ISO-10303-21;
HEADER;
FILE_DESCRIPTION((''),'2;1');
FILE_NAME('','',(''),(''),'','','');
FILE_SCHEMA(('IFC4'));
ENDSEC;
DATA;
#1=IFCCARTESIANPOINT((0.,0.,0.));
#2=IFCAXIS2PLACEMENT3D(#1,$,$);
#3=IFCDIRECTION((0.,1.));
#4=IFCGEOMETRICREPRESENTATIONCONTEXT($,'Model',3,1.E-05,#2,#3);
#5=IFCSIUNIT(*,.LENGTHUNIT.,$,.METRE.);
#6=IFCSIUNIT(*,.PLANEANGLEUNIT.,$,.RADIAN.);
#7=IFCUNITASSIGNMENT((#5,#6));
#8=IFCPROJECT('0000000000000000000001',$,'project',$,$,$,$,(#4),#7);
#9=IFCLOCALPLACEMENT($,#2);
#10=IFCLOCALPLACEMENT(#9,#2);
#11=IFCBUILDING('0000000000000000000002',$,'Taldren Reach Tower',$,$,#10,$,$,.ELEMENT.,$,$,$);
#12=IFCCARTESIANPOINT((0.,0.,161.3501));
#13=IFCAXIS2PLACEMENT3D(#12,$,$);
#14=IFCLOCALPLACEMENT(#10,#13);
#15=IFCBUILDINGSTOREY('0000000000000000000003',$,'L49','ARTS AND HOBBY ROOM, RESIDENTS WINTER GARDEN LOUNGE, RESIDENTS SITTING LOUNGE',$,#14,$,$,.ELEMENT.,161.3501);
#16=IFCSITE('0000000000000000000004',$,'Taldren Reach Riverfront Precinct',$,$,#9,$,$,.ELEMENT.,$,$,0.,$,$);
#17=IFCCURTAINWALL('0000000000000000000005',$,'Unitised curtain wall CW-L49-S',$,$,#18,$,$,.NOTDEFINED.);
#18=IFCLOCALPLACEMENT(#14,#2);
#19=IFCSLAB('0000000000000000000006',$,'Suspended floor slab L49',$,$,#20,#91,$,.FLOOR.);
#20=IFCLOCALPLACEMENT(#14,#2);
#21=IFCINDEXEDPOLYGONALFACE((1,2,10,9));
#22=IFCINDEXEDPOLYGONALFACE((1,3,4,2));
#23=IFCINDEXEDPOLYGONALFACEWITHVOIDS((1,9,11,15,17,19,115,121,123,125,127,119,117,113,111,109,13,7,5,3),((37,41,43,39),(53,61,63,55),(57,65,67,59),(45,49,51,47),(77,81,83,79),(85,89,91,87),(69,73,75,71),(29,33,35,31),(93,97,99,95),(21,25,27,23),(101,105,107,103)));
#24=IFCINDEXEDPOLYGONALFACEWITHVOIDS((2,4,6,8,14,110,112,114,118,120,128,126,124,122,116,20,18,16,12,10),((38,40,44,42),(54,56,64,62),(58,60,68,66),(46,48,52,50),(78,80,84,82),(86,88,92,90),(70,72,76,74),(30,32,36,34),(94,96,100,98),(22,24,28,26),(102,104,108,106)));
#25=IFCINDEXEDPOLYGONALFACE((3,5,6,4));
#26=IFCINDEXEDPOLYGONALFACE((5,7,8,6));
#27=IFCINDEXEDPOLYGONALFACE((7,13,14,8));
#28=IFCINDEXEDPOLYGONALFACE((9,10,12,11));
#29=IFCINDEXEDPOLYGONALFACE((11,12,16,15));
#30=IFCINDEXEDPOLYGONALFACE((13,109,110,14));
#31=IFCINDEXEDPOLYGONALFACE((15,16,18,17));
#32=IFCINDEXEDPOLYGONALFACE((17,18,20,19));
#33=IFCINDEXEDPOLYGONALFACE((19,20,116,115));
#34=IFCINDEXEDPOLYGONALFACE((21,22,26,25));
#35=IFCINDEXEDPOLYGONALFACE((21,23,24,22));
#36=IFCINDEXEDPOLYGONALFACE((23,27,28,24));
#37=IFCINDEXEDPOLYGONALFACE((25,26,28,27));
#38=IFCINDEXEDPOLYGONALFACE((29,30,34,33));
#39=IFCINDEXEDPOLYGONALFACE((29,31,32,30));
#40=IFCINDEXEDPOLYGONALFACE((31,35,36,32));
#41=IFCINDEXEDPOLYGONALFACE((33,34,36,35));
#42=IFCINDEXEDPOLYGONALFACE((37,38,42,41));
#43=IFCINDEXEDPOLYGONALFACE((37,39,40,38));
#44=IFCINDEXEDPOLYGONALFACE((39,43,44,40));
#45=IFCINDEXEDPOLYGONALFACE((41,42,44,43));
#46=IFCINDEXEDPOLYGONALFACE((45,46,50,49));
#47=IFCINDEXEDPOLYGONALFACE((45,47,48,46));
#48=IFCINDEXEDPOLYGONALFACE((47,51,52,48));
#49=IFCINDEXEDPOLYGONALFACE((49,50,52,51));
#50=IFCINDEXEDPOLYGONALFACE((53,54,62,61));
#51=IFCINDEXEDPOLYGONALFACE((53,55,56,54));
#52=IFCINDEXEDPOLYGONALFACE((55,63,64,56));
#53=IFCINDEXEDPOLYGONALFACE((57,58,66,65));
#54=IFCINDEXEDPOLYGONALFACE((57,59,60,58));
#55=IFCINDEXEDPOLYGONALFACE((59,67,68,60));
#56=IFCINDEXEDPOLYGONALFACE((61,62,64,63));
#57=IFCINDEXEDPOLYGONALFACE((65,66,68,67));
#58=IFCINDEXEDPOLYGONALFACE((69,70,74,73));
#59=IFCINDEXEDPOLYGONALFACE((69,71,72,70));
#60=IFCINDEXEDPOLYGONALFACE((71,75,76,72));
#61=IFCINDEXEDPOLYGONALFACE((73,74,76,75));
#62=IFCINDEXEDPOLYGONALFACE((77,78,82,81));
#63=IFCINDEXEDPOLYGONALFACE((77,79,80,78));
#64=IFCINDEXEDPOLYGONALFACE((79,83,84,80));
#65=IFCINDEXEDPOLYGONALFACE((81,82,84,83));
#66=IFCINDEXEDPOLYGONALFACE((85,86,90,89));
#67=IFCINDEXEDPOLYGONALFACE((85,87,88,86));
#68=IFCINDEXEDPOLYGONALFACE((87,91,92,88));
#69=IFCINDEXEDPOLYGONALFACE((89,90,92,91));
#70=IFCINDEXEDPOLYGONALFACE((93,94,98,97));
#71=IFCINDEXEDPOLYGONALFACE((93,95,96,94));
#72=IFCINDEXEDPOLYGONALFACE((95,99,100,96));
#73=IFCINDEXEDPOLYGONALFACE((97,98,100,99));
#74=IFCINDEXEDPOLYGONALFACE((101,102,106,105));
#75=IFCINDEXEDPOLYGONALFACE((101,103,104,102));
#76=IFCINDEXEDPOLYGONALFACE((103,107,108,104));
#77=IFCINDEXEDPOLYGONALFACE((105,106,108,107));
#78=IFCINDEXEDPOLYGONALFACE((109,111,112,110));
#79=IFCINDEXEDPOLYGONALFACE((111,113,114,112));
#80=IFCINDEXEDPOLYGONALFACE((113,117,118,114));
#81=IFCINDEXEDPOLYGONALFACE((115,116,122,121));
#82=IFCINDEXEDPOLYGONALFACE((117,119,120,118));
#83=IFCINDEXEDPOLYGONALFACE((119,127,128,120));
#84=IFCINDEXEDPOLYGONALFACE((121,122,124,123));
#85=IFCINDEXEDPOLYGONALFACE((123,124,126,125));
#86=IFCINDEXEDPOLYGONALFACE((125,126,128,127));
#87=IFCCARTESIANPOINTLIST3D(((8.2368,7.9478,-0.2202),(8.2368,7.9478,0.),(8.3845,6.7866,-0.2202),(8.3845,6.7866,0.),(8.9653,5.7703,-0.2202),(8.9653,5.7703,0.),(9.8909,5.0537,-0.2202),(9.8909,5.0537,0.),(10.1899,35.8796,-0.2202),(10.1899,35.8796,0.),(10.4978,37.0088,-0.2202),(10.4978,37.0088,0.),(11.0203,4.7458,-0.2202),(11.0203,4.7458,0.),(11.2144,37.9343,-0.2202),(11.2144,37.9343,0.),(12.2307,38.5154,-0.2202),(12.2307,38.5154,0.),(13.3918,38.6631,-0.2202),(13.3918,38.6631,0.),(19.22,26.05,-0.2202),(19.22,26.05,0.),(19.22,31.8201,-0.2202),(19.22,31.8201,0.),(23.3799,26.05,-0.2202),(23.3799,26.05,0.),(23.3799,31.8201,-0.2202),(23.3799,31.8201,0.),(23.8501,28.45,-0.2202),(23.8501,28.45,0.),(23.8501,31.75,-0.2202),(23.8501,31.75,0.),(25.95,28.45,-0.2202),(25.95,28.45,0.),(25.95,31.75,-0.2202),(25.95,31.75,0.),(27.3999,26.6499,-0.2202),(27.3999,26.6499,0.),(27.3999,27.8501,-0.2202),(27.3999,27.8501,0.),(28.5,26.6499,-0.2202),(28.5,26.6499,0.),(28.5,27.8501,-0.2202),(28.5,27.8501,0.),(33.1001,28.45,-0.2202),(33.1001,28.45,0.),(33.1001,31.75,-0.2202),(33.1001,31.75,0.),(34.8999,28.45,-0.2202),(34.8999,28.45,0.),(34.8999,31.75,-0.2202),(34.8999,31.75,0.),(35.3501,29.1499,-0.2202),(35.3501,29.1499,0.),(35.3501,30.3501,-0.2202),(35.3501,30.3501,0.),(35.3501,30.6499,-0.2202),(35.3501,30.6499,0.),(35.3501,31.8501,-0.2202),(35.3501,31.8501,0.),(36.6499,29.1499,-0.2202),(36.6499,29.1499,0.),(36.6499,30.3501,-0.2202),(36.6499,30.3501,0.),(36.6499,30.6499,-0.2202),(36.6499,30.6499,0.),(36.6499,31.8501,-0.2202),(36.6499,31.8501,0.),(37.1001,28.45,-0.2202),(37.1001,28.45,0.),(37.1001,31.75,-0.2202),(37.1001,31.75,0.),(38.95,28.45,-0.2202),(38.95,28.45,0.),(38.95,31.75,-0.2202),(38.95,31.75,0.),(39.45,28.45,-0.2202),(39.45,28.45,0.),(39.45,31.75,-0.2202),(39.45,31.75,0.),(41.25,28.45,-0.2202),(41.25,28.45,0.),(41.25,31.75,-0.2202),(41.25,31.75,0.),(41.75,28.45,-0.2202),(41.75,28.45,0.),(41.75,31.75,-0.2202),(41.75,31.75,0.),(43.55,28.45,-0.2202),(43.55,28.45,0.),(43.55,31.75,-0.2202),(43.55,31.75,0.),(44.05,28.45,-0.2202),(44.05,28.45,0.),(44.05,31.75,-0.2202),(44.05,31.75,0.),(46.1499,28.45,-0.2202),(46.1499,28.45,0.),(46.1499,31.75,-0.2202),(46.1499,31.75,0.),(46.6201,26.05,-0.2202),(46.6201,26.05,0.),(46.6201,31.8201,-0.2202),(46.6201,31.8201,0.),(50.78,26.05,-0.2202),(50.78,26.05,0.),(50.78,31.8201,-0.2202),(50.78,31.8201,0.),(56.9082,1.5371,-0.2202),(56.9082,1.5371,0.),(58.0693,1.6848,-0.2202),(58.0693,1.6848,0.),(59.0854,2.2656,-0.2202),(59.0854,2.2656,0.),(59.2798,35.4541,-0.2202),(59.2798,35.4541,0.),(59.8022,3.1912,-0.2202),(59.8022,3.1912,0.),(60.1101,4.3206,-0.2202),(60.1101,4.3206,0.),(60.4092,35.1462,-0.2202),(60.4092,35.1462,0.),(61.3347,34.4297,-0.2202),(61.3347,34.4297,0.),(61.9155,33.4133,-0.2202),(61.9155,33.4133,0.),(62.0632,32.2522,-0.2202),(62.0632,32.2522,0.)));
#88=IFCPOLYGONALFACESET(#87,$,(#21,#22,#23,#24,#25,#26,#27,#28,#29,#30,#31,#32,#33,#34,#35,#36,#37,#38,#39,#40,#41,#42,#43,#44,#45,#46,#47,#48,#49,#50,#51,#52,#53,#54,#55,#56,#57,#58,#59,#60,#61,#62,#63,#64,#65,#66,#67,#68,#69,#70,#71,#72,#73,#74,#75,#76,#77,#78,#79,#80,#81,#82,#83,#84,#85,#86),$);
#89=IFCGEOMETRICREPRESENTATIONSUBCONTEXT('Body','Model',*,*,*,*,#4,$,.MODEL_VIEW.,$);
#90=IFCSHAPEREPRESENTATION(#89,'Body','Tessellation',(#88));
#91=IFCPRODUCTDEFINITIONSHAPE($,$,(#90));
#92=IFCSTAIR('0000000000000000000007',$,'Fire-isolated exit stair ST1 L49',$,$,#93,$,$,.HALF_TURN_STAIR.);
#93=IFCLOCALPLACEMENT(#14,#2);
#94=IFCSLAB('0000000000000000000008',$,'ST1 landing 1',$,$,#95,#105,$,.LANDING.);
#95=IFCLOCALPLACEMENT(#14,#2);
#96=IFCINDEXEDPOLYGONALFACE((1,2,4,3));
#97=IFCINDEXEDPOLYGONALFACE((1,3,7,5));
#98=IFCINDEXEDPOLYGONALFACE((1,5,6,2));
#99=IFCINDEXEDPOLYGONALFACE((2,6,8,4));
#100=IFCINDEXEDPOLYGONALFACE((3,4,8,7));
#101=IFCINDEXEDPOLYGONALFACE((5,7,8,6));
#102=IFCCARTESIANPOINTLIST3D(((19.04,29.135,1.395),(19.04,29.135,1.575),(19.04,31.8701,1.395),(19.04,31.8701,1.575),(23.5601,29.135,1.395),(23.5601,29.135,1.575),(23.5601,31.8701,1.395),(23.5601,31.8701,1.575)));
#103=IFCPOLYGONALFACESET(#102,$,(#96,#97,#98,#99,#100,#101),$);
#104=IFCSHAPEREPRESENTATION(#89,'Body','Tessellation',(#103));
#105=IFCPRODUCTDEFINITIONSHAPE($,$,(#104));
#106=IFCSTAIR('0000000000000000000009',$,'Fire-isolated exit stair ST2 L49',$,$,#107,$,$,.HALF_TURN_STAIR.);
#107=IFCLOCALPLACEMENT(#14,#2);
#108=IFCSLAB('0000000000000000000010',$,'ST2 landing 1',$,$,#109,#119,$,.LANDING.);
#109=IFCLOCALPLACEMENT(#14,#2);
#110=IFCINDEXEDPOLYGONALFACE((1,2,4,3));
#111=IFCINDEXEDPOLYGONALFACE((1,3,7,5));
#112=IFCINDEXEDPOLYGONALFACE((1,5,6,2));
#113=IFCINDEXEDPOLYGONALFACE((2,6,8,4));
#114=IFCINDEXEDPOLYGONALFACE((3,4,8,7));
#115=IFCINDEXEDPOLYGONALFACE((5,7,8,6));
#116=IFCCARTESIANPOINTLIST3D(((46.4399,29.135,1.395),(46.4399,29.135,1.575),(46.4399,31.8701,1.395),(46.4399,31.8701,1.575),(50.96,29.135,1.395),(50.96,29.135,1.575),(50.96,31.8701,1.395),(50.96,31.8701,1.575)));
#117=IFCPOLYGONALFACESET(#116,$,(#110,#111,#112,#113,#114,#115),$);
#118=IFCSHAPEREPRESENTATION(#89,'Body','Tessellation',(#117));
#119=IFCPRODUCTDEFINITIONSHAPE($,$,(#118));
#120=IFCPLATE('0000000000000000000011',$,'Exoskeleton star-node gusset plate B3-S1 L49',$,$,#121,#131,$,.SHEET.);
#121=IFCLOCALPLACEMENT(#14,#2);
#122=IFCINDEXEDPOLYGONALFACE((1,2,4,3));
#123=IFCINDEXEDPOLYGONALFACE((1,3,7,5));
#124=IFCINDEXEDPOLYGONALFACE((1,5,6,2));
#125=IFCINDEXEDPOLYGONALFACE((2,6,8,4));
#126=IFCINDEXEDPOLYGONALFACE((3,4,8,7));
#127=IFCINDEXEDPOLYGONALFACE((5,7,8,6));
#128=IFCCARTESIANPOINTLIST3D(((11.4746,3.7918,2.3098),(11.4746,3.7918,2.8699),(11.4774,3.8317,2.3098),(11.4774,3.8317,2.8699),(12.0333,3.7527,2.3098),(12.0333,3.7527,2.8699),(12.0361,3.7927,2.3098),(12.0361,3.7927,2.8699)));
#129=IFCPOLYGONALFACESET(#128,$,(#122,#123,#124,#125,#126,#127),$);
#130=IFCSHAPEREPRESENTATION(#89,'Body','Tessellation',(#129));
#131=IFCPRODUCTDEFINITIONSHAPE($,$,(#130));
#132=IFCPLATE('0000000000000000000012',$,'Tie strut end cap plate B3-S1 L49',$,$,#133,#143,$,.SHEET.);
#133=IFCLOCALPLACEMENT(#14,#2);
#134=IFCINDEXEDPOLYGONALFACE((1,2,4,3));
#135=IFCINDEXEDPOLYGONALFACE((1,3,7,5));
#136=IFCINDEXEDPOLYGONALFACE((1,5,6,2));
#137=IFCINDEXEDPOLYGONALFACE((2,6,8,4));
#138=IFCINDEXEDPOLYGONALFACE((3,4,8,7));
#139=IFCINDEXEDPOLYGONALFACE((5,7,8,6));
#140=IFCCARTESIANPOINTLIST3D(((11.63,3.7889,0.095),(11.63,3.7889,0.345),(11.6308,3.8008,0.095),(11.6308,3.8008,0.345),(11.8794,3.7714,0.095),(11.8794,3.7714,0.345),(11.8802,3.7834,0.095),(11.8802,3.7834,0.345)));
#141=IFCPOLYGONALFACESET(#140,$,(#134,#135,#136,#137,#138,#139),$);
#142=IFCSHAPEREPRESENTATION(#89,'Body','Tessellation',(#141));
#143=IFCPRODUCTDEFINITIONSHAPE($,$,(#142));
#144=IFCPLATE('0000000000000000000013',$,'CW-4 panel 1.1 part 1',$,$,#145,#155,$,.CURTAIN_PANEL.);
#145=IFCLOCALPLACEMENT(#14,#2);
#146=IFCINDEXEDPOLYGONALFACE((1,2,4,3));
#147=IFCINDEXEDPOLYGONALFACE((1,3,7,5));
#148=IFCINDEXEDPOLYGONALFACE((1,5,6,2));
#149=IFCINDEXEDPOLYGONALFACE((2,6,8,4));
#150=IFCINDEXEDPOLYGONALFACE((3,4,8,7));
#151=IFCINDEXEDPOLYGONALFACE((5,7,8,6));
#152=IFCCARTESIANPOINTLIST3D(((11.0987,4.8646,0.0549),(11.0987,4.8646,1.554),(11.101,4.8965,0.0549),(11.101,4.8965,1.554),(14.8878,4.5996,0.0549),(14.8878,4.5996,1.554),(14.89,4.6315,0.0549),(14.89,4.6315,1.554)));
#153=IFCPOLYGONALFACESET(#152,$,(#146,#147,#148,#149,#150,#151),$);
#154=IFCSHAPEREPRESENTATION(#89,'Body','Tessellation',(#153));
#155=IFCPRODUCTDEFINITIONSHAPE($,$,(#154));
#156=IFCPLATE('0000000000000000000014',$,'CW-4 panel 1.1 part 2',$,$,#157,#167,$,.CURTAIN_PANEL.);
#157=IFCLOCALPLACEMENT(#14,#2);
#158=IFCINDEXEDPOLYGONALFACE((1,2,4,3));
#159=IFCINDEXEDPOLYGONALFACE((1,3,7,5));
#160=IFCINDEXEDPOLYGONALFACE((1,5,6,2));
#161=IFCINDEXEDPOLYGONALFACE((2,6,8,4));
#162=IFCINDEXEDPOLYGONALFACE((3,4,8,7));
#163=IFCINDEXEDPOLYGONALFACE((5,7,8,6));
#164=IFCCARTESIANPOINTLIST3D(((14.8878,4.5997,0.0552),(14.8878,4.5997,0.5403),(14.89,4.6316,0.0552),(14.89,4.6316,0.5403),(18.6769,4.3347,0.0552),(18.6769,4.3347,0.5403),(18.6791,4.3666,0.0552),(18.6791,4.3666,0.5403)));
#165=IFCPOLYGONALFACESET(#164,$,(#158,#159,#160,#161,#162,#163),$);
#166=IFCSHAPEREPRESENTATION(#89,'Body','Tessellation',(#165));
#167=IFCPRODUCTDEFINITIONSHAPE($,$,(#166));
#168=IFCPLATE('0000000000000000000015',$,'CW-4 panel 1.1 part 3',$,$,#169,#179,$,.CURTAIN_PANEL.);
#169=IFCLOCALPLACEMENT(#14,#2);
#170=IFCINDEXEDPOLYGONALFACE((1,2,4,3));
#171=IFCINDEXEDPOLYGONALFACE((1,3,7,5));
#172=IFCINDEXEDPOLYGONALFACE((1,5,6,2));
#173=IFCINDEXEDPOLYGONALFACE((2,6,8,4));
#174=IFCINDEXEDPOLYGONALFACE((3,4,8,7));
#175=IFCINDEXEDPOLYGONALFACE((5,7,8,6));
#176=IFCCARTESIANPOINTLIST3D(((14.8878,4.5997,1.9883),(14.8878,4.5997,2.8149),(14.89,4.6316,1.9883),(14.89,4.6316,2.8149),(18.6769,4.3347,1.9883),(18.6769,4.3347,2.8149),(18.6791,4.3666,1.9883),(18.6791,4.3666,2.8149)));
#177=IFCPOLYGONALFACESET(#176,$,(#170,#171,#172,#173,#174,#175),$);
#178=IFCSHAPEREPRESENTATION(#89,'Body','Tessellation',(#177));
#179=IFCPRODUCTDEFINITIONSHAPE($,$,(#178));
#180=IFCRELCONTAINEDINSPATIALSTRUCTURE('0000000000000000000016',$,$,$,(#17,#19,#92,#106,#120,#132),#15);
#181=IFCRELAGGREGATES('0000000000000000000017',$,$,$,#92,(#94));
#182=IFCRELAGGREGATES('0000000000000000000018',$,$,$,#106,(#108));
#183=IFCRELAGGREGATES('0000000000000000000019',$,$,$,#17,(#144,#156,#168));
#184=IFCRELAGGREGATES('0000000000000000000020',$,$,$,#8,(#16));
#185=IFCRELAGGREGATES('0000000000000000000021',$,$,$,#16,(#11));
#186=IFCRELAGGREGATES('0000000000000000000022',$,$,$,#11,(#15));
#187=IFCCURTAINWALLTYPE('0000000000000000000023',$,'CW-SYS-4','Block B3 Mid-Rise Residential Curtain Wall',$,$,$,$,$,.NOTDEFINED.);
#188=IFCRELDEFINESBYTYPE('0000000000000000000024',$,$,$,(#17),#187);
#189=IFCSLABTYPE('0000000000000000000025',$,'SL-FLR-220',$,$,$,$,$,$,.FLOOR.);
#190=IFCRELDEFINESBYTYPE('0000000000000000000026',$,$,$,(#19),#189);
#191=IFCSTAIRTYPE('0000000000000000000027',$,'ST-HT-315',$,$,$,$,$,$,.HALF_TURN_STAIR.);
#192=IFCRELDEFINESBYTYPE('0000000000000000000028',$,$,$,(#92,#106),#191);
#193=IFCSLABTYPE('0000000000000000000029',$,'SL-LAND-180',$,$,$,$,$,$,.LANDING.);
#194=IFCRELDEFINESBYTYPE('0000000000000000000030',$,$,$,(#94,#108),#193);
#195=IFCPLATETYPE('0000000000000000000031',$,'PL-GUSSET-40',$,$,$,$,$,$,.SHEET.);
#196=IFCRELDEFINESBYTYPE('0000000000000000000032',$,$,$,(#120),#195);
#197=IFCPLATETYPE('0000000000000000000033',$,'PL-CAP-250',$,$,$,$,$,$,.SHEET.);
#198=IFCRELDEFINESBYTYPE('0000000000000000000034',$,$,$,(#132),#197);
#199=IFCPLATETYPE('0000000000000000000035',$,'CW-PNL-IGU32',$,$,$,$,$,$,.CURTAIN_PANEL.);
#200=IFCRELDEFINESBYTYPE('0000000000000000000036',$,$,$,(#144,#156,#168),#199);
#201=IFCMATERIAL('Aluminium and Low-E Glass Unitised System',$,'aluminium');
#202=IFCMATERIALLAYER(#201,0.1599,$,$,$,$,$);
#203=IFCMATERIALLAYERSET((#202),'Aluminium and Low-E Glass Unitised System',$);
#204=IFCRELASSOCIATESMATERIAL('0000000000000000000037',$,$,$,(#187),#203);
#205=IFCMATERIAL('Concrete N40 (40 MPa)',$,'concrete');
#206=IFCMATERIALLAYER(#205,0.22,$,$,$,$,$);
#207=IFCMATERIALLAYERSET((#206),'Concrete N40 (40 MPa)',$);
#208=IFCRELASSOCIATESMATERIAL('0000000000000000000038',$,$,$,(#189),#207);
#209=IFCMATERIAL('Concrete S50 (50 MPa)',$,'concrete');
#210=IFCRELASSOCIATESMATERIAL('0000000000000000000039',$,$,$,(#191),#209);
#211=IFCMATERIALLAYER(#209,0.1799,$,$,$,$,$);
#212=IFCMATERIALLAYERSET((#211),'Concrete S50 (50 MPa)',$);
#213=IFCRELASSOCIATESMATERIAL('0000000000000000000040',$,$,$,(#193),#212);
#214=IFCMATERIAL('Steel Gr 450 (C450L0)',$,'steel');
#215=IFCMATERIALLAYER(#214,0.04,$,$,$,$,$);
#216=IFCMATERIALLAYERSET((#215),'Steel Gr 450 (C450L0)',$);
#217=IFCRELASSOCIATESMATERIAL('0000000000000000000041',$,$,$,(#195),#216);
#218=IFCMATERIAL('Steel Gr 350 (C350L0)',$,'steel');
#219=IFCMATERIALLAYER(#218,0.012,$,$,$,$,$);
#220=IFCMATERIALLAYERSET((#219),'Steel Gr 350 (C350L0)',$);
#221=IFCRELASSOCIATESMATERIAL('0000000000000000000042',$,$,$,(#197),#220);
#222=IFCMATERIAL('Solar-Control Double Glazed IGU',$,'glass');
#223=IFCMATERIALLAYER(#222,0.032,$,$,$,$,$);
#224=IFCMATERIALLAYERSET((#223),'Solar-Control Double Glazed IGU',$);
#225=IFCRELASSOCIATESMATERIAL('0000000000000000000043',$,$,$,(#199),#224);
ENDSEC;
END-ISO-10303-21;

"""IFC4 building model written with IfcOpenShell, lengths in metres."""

from ifc_helpers import new_model, si_unit, direction, frame, origin, origin_2d, place, context, subcontext, project, spatial, polyline, rectangle, outline, extrude, source, transform, mapped, material, layer, layer_set, type_object, element, aggregate, save


model = new_model("IFC4")

# Units and contexts
model_context = context("Model", 3, precision=1e-05, world=origin(), true_north=direction((0.0, 1.0)))
body_context = subcontext(model_context, "Body", "Model", "MODEL_VIEW")
ifc_project = project(units=[si_unit("LENGTHUNIT", "METRE"), si_unit("PLANEANGLEUNIT", "RADIAN")], contexts=[model_context])

# Site, building, storey
site_placement = place(None, origin())
site = spatial("IfcSite", under=ifc_project, at=site_placement, Name="Taldren Reach Riverfront Precinct", CompositionType="ELEMENT", RefElevation=0.0)
building_placement = place(site_placement, origin())
building = spatial("IfcBuilding", under=site, at=building_placement, Name="Taldren Reach Tower", CompositionType="ELEMENT")
storey_placement = place(building_placement, frame((0.0, 0.0, 161.3501)))
storey = spatial("IfcBuildingStorey", under=building, at=storey_placement, Name="L49", Description="ARTS AND HOBBY ROOM, RESIDENTS WINTER GARDEN LOUNGE, RESIDENTS SITTING LOUNGE", CompositionType="ELEMENT", Elevation=161.3501)

# Shared definitions
ifc_material_1 = material(Name="Steel Gr 450 (C450L0)", Category="steel")

# Shared definitions
ifc_material_2 = material(Name="Steel Gr 350 (C350L0)", Category="steel")

# Curtain wall
ifc_material_3 = material(Name="Aluminium and Low-E Glass Unitised System", Category="aluminium")
ifc_layer_1 = layer(ifc_material_3, 0.1599)
ifc_layer_set_1 = layer_set([ifc_layer_1], Name="Aluminium and Low-E Glass Unitised System")
curtain_wall_type = type_object("IfcCurtainWallType", Name="CW-SYS-4", Description="Block B3 Mid-Rise Residential Curtain Wall", PredefinedType="NOTDEFINED", material=ifc_layer_set_1)
curtain_wall_1_placement = place(storey_placement, origin())
curtain_wall_1 = element("IfcCurtainWall", 1, at=curtain_wall_1_placement, inside=storey, type_object=curtain_wall_type, Name="Unitised curtain wall CW-L49-S", PredefinedType="NOTDEFINED")

# Slab
ifc_material_4 = material(Name="Concrete N40 (40 MPa)", Category="concrete")
ifc_layer_2 = layer(ifc_material_4, 0.22)
ifc_layer_set_2 = layer_set([ifc_layer_2], Name="Concrete N40 (40 MPa)")
slab_type_1 = type_object("IfcSlabType", Name="SL-FLR-220", PredefinedType="FLOOR", material=ifc_layer_set_2)
slab_1_placement = place(storey_placement, frame((0.0, 0.0, -0.2202)))
element("IfcSlab", 2, at=slab_1_placement, inside=storey, type_object=slab_type_1, Name="Suspended floor slab L49", PredefinedType="FLOOR", context=body_context, shape_type="SweptSolid", body=[
    extrude(outline(polyline([(56.9082, 1.5371), (58.0693, 1.6848), (59.0854, 2.2656), (59.8022, 3.1912), (60.1101, 4.3206), (62.0632, 32.2522), (61.9155, 33.4133), (61.3347, 34.4297), (60.4092, 35.1462), (59.2798, 35.4541), (13.3918, 38.6631), (12.2307, 38.5154), (11.2144, 37.9343), (10.4978, 37.0088), (10.1899, 35.8796), (8.2368, 7.9478), (8.3845, 6.7866), (8.9653, 5.7703), (9.8909, 5.0537), (11.0203, 4.7458), (56.9082, 1.5371)]), holes=[polyline([(19.22, 26.05), (23.3799, 26.05), (23.3799, 31.8201), (19.22, 31.8201), (19.22, 26.05)]), polyline([(46.6201, 26.05), (50.78, 26.05), (50.78, 31.8201), (46.6201, 31.8201), (46.6201, 26.05)]), polyline([(23.8501, 28.45), (25.95, 28.45), (25.95, 31.75), (23.8501, 31.75), (23.8501, 28.45)]), polyline([(44.05, 28.45), (46.1499, 28.45), (46.1499, 31.75), (44.05, 31.75), (44.05, 28.45)]), polyline([(33.1001, 28.45), (34.8999, 28.45), (34.8999, 31.75), (33.1001, 31.75), (33.1001, 28.45)]), polyline([(37.1001, 28.45), (38.95, 28.45), (38.95, 31.75), (37.1001, 31.75), (37.1001, 28.45)]), polyline([(39.45, 28.45), (41.25, 28.45), (41.25, 31.75), (39.45, 31.75), (39.45, 28.45)]), polyline([(41.75, 28.45), (43.55, 28.45), (43.55, 31.75), (41.75, 31.75), (41.75, 28.45)]), polyline([(35.3501, 30.6499), (36.6499, 30.6499), (36.6499, 31.8501), (35.3501, 31.8501), (35.3501, 30.6499)]), polyline([(35.3501, 29.1499), (36.6499, 29.1499), (36.6499, 30.3501), (35.3501, 30.3501), (35.3501, 29.1499)]), polyline([(27.3999, 26.6499), (28.5, 26.6499), (28.5, 27.8501), (27.3999, 27.8501), (27.3999, 26.6499)])]), origin(), (0.0, 0.0, 1.0), 0.2202),
])

# Stairs, slabs
ifc_material_5 = material(Name="Concrete S50 (50 MPa)", Category="concrete")
stair_type = type_object("IfcStairType", Name="ST-HT-315", PredefinedType="HALF_TURN_STAIR", material=ifc_material_5)
stair_1_placement = place(storey_placement, origin())
stair_1 = element("IfcStair", 3, at=stair_1_placement, inside=storey, type_object=stair_type, Name="Fire-isolated exit stair ST1 L49", PredefinedType="HALF_TURN_STAIR")
ifc_layer_3 = layer(ifc_material_5, 0.1799)
ifc_layer_set_3 = layer_set([ifc_layer_3], Name="Concrete S50 (50 MPa)")
slab_type_2 = type_object("IfcSlabType", Name="SL-LAND-180", PredefinedType="LANDING", material=ifc_layer_set_3)
slab_2_placement = place(storey_placement, frame((0.0, 0.0, 1.395)))
slab_2 = element("IfcSlab", 4, at=slab_2_placement, type_object=slab_type_2, Name="ST1 landing 1", PredefinedType="LANDING", context=body_context, shape_type="SweptSolid", body=[
    extrude(outline(polyline([(19.04, 29.135), (23.5601, 29.135), (23.5601, 31.8701), (19.04, 31.8701), (19.04, 29.135)])), origin(), (0.0, 0.0, 1.0), 0.1799),
])
aggregate(stair_1, [slab_2])
stair_2_placement = place(storey_placement, origin())
stair_2 = element("IfcStair", 5, at=stair_2_placement, inside=storey, type_object=stair_type, Name="Fire-isolated exit stair ST2 L49", PredefinedType="HALF_TURN_STAIR")
slab_3_placement = place(storey_placement, frame((0.0, 0.0, 1.395)))
slab_3 = element("IfcSlab", 6, at=slab_3_placement, type_object=slab_type_2, Name="ST2 landing 1", PredefinedType="LANDING", context=body_context, shape_type="SweptSolid", body=[
    extrude(outline(polyline([(46.4399, 29.135), (50.96, 29.135), (50.96, 31.8701), (46.4399, 31.8701), (46.4399, 29.135)])), origin(), (0.0, 0.0, 1.0), 0.1799),
])
aggregate(stair_2, [slab_3])

# Plates
ifc_layer_4 = layer(ifc_material_1, 0.04)
ifc_layer_set_4 = layer_set([ifc_layer_4], Name="Steel Gr 450 (C450L0)")
plate_type_1 = type_object("IfcPlateType", Name="PL-GUSSET-40", PredefinedType="SHEET", material=ifc_layer_set_4)
shared_shape_1 = source(origin(), body_context, "Body", "SweptSolid", [
    extrude(rectangle(XDim=0.5601, YDim=0.04, at=origin_2d()), origin(), (0.0, 0.0, 1.0), 0.5601),
])
plate_1_placement = place(storey_placement, frame((11.7554, 3.7922, 2.3098), z_axis=(0.0, 0.0, 1.0), x_axis=(0.997564, -0.069756, 0.0)))
element("IfcPlate", 7, at=plate_1_placement, inside=storey, type_object=plate_type_1, Name="Exoskeleton star-node gusset plate B3-S1 L49", PredefinedType="SHEET", context=body_context, shape_type="MappedRepresentation", body=[
    mapped(shared_shape_1, transform((0.0, 0.0, 0.0), scale=1.0)),
])
ifc_layer_5 = layer(ifc_material_2, 0.012)
ifc_layer_set_5 = layer_set([ifc_layer_5], Name="Steel Gr 350 (C350L0)")
plate_type_2 = type_object("IfcPlateType", Name="PL-CAP-250", PredefinedType="SHEET", material=ifc_layer_set_5)
shared_shape_2 = source(origin(), body_context, "Body", "SweptSolid", [
    extrude(rectangle(XDim=0.25, YDim=0.012, at=origin_2d()), origin(), (0.0, 0.0, 1.0), 0.25),
])
plate_2_placement = place(storey_placement, frame((11.7551, 3.7861, 0.095), z_axis=(0.0, 0.0, 1.0), x_axis=(0.997564, -0.069756, 0.0)))
element("IfcPlate", 8, at=plate_2_placement, inside=storey, type_object=plate_type_2, Name="Tie strut end cap plate B3-S1 L49", PredefinedType="SHEET", context=body_context, shape_type="MappedRepresentation", body=[
    mapped(shared_shape_2, transform((0.0, 0.0, 0.0), scale=1.0)),
])

# Plates
ifc_material_6 = material(Name="Solar-Control Double Glazed IGU", Category="glass")
ifc_layer_6 = layer(ifc_material_6, 0.032)
ifc_layer_set_6 = layer_set([ifc_layer_6], Name="Solar-Control Double Glazed IGU")
plate_type_3 = type_object("IfcPlateType", Name="CW-PNL-IGU32", PredefinedType="CURTAIN_PANEL", material=ifc_layer_set_6)
shared_shape_3 = source(origin(), body_context, "Body", "SweptSolid", [
    extrude(rectangle(XDim=3.7983, YDim=0.032, at=origin_2d()), origin(), (0.0, 0.0, 1.0), 1.499),
])
plate_3_placement = place(storey_placement, frame((12.9944, 4.748, 0.0549), z_axis=(0.0, 0.0, 1.0), x_axis=(0.997564, -0.069757, 0.0)))
plate_3 = element("IfcPlate", 9, at=plate_3_placement, type_object=plate_type_3, Name="CW-4 panel 1.1 part 1", PredefinedType="CURTAIN_PANEL", context=body_context, shape_type="MappedRepresentation", body=[
    mapped(shared_shape_3, transform((0.0, 0.0, 0.0), scale=1.0)),
])
shared_shape_4 = source(origin(), body_context, "Body", "SweptSolid", [
    extrude(rectangle(XDim=3.7983, YDim=0.032, at=origin_2d()), origin(), (0.0, 0.0, 1.0), 0.4851),
])
plate_4_placement = place(storey_placement, frame((16.7834, 4.4832, 0.0552), z_axis=(0.0, 0.0, 1.0), x_axis=(0.997564, -0.069757, 0.0)))
plate_4 = element("IfcPlate", 10, at=plate_4_placement, type_object=plate_type_3, Name="CW-4 panel 1.1 part 2", PredefinedType="CURTAIN_PANEL", context=body_context, shape_type="MappedRepresentation", body=[
    mapped(shared_shape_4, transform((0.0, 0.0, 0.0), scale=1.0)),
])
shared_shape_5 = source(origin(), body_context, "Body", "SweptSolid", [
    extrude(rectangle(XDim=3.7983, YDim=0.032, at=origin_2d()), origin(), (0.0, 0.0, 1.0), 0.8267),
])
plate_5_placement = place(storey_placement, frame((16.7834, 4.4832, 1.9883), z_axis=(0.0, 0.0, 1.0), x_axis=(0.997564, -0.069757, 0.0)))
plate_5 = element("IfcPlate", 11, at=plate_5_placement, type_object=plate_type_3, Name="CW-4 panel 1.1 part 3", PredefinedType="CURTAIN_PANEL", context=body_context, shape_type="MappedRepresentation", body=[
    mapped(shared_shape_5, transform((0.0, 0.0, 0.0), scale=1.0)),
])
aggregate(curtain_wall_1, [plate_3, plate_4, plate_5])

save(model, "model.ifc")
